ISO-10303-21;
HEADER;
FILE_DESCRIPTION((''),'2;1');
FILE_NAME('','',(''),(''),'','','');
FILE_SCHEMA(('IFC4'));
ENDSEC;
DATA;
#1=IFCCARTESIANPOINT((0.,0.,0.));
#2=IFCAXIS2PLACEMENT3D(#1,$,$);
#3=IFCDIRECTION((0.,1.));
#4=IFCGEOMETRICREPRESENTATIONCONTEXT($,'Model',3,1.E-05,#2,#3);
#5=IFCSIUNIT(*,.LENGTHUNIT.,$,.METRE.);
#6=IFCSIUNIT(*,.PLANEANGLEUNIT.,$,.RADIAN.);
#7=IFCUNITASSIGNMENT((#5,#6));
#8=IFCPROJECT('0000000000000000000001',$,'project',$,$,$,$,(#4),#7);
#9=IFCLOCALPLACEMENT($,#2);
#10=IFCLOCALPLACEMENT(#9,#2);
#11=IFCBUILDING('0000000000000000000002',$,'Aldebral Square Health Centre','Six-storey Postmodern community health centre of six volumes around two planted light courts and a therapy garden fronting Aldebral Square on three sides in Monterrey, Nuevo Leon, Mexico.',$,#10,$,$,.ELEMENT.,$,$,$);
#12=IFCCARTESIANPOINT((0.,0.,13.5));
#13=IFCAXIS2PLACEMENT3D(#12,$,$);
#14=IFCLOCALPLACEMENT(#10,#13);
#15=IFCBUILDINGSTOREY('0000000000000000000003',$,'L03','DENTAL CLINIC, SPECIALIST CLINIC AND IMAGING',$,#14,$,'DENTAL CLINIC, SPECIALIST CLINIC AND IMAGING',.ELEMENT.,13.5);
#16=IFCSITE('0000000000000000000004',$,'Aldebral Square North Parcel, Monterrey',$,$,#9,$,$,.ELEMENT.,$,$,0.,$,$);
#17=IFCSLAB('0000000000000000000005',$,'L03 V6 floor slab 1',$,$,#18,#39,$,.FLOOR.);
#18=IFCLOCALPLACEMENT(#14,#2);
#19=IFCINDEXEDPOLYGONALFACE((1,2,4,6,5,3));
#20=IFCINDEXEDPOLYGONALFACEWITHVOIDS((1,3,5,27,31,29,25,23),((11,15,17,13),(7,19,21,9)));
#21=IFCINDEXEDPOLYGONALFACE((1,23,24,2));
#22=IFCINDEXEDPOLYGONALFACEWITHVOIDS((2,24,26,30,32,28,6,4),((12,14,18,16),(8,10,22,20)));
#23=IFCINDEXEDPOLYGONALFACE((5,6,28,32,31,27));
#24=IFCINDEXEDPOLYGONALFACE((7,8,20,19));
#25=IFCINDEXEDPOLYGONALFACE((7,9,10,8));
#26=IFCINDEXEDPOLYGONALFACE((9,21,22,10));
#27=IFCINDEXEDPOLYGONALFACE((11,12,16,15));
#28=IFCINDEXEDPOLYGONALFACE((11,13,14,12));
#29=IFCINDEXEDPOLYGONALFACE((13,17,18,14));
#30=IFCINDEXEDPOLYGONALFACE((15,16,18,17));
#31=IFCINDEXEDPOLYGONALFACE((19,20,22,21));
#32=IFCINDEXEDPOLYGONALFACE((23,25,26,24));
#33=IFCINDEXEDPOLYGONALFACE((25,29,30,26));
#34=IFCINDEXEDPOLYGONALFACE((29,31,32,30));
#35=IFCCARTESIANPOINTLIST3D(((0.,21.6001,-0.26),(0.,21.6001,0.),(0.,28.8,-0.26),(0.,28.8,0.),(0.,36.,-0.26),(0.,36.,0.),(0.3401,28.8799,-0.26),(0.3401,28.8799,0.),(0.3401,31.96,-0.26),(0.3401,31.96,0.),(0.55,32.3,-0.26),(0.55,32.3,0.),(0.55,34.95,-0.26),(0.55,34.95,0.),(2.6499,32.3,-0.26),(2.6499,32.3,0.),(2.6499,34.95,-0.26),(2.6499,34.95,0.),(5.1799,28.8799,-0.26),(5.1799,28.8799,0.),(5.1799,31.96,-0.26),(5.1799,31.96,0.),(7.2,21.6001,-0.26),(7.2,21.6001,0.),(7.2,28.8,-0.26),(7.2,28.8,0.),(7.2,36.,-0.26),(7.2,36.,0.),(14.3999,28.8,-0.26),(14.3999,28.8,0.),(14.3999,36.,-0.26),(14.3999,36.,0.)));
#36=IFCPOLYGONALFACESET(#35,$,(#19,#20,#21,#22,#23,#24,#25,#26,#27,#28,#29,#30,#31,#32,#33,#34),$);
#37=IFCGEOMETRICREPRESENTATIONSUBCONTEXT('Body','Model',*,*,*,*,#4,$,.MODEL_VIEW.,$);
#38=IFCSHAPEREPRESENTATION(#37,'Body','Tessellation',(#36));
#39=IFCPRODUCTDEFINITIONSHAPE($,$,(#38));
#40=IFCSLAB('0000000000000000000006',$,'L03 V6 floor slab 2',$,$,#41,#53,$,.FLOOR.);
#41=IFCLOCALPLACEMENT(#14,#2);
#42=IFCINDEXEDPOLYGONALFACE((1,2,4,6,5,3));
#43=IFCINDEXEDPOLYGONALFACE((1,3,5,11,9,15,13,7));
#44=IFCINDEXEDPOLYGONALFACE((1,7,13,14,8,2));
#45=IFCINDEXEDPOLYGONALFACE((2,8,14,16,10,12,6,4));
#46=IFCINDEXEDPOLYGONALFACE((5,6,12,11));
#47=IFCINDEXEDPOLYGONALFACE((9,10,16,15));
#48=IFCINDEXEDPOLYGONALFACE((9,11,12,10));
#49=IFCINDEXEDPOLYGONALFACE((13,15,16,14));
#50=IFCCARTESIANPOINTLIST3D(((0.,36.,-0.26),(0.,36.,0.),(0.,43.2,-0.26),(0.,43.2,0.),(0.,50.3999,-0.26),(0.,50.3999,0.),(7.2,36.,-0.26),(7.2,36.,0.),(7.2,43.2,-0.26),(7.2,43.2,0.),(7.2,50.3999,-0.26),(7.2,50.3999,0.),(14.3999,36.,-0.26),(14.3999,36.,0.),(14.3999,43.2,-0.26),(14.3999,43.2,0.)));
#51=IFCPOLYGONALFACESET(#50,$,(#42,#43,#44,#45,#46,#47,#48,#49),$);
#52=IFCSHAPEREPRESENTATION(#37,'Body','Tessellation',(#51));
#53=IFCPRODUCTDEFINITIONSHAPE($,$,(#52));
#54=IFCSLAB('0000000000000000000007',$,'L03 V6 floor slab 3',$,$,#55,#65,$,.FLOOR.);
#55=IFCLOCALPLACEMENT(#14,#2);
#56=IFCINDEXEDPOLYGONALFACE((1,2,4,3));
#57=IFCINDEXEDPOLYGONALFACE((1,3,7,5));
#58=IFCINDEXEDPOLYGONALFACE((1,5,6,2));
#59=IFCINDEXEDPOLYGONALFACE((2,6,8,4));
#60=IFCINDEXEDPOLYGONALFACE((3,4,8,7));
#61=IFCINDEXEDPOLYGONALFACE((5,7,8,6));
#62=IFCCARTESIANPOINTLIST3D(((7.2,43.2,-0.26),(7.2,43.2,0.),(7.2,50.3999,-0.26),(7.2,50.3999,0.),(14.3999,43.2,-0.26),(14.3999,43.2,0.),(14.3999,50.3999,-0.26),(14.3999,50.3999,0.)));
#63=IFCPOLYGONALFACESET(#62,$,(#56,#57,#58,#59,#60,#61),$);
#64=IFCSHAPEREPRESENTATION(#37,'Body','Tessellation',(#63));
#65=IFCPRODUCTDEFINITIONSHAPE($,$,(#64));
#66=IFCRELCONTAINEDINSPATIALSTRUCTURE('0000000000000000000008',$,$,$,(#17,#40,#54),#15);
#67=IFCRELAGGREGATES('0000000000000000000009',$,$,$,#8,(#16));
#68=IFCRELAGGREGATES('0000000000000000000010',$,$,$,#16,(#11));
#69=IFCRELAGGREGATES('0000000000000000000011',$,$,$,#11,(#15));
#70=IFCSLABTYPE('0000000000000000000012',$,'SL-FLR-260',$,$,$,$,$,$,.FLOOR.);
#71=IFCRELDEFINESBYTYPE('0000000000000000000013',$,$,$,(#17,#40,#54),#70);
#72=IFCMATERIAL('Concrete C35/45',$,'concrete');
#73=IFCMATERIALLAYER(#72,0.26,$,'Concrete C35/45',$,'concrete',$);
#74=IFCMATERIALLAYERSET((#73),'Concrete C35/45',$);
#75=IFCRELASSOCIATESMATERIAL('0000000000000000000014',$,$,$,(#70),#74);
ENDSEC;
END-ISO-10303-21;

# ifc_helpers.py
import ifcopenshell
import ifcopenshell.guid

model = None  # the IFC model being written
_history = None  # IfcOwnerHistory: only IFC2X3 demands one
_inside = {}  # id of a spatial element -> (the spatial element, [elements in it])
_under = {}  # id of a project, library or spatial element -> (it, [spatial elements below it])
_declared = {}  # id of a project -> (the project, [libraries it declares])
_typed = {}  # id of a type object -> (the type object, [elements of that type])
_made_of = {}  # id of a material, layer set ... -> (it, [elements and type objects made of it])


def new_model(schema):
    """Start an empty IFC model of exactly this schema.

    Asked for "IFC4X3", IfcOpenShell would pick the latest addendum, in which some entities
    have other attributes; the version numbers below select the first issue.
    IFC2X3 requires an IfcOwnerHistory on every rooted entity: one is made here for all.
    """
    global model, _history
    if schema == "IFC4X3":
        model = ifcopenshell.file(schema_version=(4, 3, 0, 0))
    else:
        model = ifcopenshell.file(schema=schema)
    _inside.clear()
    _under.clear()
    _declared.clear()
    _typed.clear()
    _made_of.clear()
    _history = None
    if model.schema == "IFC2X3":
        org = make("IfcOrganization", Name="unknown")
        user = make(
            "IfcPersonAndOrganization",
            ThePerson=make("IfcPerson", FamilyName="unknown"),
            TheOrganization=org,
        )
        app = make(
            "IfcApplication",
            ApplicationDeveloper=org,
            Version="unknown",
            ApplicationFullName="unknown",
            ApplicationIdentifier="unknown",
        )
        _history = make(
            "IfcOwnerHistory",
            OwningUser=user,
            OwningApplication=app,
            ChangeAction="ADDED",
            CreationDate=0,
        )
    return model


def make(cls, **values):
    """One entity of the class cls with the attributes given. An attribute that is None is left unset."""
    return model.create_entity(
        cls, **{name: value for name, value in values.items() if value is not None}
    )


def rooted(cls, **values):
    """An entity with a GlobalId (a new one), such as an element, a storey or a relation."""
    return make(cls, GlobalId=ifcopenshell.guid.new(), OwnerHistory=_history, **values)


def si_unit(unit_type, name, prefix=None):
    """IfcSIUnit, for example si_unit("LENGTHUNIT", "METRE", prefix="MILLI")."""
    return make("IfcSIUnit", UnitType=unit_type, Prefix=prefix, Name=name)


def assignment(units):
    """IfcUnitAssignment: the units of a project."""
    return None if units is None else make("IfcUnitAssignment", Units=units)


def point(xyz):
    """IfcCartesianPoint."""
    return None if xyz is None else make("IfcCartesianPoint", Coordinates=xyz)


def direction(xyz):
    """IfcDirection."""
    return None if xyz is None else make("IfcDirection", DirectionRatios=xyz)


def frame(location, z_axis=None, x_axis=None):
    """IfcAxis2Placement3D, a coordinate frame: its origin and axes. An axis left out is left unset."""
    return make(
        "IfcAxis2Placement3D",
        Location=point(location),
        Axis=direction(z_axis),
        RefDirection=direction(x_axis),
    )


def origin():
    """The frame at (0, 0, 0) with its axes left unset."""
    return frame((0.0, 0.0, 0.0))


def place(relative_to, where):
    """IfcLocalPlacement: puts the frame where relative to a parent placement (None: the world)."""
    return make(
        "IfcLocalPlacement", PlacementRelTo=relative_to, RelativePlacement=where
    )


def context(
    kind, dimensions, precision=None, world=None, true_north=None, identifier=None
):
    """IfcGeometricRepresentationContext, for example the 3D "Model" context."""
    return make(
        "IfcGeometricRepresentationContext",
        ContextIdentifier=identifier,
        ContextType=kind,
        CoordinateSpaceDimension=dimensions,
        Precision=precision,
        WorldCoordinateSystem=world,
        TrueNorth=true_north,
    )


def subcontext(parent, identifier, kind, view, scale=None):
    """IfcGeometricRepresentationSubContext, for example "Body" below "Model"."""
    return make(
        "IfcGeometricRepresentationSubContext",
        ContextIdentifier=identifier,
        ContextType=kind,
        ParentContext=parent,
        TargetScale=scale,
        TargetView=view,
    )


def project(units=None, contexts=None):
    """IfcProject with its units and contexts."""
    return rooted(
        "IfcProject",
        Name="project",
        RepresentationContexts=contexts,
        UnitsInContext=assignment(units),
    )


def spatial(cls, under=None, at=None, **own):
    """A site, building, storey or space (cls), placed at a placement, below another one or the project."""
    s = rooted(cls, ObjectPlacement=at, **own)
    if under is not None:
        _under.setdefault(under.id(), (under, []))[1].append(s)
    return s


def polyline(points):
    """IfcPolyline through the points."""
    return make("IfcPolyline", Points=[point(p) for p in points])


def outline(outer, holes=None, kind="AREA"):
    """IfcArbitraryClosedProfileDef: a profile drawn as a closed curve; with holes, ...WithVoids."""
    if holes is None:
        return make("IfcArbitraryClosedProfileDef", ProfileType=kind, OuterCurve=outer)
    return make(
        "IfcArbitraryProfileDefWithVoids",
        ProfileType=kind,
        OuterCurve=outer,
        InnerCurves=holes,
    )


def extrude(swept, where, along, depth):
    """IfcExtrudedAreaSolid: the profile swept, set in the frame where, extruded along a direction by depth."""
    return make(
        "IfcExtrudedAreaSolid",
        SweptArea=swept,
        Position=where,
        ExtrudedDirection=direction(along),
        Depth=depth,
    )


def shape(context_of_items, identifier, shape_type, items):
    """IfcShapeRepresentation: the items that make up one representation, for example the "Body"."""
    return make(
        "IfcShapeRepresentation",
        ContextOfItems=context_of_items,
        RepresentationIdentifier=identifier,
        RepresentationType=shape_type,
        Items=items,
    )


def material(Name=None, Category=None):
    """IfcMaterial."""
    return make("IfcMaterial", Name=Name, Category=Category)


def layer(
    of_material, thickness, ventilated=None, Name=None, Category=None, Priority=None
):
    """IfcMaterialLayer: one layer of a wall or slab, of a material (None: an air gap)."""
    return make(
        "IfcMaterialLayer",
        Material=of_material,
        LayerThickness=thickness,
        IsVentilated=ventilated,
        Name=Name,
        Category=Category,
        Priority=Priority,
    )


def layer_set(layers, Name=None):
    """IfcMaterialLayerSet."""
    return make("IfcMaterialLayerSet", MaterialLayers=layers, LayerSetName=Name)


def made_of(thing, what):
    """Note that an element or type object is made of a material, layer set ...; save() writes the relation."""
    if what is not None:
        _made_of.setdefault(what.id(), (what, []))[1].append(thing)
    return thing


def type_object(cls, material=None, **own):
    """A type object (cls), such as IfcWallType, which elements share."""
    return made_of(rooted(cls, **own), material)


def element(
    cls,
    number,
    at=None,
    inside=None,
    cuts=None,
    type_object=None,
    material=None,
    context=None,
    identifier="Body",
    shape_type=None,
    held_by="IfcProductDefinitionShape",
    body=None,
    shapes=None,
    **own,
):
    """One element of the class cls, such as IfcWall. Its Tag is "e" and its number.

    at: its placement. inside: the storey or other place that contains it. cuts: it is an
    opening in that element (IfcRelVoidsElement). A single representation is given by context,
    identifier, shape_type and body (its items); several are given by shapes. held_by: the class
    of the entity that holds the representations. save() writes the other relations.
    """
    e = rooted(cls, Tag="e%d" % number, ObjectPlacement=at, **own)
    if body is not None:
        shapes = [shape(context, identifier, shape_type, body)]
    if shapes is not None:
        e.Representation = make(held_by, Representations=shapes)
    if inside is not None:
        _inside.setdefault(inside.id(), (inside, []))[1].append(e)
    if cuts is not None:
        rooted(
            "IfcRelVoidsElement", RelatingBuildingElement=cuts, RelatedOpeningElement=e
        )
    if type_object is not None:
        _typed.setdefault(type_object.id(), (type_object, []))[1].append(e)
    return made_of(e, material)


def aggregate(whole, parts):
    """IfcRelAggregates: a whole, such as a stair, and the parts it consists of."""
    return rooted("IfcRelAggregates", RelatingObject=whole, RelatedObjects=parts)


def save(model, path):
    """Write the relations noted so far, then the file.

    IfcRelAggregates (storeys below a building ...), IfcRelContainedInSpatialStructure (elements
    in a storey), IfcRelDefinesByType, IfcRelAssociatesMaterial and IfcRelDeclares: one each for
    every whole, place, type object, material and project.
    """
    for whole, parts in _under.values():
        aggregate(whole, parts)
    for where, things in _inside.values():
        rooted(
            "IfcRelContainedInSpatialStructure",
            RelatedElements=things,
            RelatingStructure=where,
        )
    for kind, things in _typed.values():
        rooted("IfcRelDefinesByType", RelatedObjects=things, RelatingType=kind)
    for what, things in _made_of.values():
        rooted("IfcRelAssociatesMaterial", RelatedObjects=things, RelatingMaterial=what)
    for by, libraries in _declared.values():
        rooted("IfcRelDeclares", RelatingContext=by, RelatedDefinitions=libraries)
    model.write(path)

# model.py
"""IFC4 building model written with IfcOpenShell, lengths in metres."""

from ifc_helpers import new_model, si_unit, direction, frame, origin, place, context, subcontext, project, spatial, polyline, outline, extrude, material, layer, layer_set, type_object, element, save


model = new_model("IFC4")

# Units and contexts
model_context = context("Model", 3, precision=1e-05, world=origin(), true_north=direction((0.0, 1.0)))
body_context = subcontext(model_context, "Body", "Model", "MODEL_VIEW")
ifc_project = project(units=[si_unit("LENGTHUNIT", "METRE"), si_unit("PLANEANGLEUNIT", "RADIAN")], contexts=[model_context])

# Site, building, storey
site_placement = place(None, origin())
site = spatial("IfcSite", under=ifc_project, at=site_placement, Name="Aldebral Square North Parcel, Monterrey", CompositionType="ELEMENT", RefElevation=0.0)
building_placement = place(site_placement, origin())
building = spatial("IfcBuilding", under=site, at=building_placement, Name="Aldebral Square Health Centre", Description="Six-storey Postmodern community health centre of six volumes around two planted light courts and a therapy garden fronting Aldebral Square on three sides in Monterrey, Nuevo Leon, Mexico.", CompositionType="ELEMENT")
storey_placement = place(building_placement, frame((0.0, 0.0, 13.5)))
storey = spatial("IfcBuildingStorey", under=building, at=storey_placement, Name="L03", Description="DENTAL CLINIC, SPECIALIST CLINIC AND IMAGING", LongName="DENTAL CLINIC, SPECIALIST CLINIC AND IMAGING", CompositionType="ELEMENT", Elevation=13.5)

# Slabs
ifc_material = material(Name="Concrete C35/45", Category="concrete")
ifc_layer_1 = layer(ifc_material, 0.26, Name="Concrete C35/45", Category="concrete")
ifc_layer_set_1 = layer_set([ifc_layer_1], Name="Concrete C35/45")
slab_type_1 = type_object("IfcSlabType", Name="SL-FLR-260", PredefinedType="FLOOR", material=ifc_layer_set_1)
slab_1_placement = place(storey_placement, frame((0.0, 0.0, -0.26)))
element("IfcSlab", 1, at=slab_1_placement, inside=storey, type_object=slab_type_1, Name="L03 V6 floor slab 1", PredefinedType="FLOOR", context=body_context, shape_type="SweptSolid", body=[
    extrude(outline(polyline([(0.0, 21.6001), (0.0, 28.8), (0.0, 36.0), (7.2, 36.0), (14.3999, 36.0), (14.3999, 28.8), (7.2, 28.8), (7.2, 21.6001), (0.0, 21.6001)]), holes=[polyline([(0.3401, 31.96), (0.3401, 28.8799), (5.1799, 28.8799), (5.1799, 31.96), (0.3401, 31.96)]), polyline([(0.55, 34.95), (0.55, 32.3), (2.6499, 32.3), (2.6499, 34.95), (0.55, 34.95)])]), origin(), (0.0, 0.0, 1.0), 0.26),
])
slab_2_placement = place(storey_placement, frame((0.0, 0.0, -0.26)))
element("IfcSlab", 2, at=slab_2_placement, inside=storey, type_object=slab_type_1, Name="L03 V6 floor slab 2", PredefinedType="FLOOR", context=body_context, shape_type="SweptSolid", body=[
    extrude(outline(polyline([(0.0, 43.2), (0.0, 50.3999), (7.2, 50.3999), (7.2, 43.2), (14.3999, 43.2), (14.3999, 36.0), (7.2, 36.0), (0.0, 36.0), (0.0, 43.2)])), origin(), (0.0, 0.0, 1.0), 0.26),
])
slab_3_placement = place(storey_placement, frame((0.0, 0.0, -0.26)))
element("IfcSlab", 3, at=slab_3_placement, inside=storey, type_object=slab_type_1, Name="L03 V6 floor slab 3", PredefinedType="FLOOR", context=body_context, shape_type="SweptSolid", body=[
    extrude(outline(polyline([(7.2, 43.2), (7.2, 50.3999), (14.3999, 50.3999), (14.3999, 43.2), (7.2, 43.2)])), origin(), (0.0, 0.0, 1.0), 0.26),
])

save(model, "model.ifc")
